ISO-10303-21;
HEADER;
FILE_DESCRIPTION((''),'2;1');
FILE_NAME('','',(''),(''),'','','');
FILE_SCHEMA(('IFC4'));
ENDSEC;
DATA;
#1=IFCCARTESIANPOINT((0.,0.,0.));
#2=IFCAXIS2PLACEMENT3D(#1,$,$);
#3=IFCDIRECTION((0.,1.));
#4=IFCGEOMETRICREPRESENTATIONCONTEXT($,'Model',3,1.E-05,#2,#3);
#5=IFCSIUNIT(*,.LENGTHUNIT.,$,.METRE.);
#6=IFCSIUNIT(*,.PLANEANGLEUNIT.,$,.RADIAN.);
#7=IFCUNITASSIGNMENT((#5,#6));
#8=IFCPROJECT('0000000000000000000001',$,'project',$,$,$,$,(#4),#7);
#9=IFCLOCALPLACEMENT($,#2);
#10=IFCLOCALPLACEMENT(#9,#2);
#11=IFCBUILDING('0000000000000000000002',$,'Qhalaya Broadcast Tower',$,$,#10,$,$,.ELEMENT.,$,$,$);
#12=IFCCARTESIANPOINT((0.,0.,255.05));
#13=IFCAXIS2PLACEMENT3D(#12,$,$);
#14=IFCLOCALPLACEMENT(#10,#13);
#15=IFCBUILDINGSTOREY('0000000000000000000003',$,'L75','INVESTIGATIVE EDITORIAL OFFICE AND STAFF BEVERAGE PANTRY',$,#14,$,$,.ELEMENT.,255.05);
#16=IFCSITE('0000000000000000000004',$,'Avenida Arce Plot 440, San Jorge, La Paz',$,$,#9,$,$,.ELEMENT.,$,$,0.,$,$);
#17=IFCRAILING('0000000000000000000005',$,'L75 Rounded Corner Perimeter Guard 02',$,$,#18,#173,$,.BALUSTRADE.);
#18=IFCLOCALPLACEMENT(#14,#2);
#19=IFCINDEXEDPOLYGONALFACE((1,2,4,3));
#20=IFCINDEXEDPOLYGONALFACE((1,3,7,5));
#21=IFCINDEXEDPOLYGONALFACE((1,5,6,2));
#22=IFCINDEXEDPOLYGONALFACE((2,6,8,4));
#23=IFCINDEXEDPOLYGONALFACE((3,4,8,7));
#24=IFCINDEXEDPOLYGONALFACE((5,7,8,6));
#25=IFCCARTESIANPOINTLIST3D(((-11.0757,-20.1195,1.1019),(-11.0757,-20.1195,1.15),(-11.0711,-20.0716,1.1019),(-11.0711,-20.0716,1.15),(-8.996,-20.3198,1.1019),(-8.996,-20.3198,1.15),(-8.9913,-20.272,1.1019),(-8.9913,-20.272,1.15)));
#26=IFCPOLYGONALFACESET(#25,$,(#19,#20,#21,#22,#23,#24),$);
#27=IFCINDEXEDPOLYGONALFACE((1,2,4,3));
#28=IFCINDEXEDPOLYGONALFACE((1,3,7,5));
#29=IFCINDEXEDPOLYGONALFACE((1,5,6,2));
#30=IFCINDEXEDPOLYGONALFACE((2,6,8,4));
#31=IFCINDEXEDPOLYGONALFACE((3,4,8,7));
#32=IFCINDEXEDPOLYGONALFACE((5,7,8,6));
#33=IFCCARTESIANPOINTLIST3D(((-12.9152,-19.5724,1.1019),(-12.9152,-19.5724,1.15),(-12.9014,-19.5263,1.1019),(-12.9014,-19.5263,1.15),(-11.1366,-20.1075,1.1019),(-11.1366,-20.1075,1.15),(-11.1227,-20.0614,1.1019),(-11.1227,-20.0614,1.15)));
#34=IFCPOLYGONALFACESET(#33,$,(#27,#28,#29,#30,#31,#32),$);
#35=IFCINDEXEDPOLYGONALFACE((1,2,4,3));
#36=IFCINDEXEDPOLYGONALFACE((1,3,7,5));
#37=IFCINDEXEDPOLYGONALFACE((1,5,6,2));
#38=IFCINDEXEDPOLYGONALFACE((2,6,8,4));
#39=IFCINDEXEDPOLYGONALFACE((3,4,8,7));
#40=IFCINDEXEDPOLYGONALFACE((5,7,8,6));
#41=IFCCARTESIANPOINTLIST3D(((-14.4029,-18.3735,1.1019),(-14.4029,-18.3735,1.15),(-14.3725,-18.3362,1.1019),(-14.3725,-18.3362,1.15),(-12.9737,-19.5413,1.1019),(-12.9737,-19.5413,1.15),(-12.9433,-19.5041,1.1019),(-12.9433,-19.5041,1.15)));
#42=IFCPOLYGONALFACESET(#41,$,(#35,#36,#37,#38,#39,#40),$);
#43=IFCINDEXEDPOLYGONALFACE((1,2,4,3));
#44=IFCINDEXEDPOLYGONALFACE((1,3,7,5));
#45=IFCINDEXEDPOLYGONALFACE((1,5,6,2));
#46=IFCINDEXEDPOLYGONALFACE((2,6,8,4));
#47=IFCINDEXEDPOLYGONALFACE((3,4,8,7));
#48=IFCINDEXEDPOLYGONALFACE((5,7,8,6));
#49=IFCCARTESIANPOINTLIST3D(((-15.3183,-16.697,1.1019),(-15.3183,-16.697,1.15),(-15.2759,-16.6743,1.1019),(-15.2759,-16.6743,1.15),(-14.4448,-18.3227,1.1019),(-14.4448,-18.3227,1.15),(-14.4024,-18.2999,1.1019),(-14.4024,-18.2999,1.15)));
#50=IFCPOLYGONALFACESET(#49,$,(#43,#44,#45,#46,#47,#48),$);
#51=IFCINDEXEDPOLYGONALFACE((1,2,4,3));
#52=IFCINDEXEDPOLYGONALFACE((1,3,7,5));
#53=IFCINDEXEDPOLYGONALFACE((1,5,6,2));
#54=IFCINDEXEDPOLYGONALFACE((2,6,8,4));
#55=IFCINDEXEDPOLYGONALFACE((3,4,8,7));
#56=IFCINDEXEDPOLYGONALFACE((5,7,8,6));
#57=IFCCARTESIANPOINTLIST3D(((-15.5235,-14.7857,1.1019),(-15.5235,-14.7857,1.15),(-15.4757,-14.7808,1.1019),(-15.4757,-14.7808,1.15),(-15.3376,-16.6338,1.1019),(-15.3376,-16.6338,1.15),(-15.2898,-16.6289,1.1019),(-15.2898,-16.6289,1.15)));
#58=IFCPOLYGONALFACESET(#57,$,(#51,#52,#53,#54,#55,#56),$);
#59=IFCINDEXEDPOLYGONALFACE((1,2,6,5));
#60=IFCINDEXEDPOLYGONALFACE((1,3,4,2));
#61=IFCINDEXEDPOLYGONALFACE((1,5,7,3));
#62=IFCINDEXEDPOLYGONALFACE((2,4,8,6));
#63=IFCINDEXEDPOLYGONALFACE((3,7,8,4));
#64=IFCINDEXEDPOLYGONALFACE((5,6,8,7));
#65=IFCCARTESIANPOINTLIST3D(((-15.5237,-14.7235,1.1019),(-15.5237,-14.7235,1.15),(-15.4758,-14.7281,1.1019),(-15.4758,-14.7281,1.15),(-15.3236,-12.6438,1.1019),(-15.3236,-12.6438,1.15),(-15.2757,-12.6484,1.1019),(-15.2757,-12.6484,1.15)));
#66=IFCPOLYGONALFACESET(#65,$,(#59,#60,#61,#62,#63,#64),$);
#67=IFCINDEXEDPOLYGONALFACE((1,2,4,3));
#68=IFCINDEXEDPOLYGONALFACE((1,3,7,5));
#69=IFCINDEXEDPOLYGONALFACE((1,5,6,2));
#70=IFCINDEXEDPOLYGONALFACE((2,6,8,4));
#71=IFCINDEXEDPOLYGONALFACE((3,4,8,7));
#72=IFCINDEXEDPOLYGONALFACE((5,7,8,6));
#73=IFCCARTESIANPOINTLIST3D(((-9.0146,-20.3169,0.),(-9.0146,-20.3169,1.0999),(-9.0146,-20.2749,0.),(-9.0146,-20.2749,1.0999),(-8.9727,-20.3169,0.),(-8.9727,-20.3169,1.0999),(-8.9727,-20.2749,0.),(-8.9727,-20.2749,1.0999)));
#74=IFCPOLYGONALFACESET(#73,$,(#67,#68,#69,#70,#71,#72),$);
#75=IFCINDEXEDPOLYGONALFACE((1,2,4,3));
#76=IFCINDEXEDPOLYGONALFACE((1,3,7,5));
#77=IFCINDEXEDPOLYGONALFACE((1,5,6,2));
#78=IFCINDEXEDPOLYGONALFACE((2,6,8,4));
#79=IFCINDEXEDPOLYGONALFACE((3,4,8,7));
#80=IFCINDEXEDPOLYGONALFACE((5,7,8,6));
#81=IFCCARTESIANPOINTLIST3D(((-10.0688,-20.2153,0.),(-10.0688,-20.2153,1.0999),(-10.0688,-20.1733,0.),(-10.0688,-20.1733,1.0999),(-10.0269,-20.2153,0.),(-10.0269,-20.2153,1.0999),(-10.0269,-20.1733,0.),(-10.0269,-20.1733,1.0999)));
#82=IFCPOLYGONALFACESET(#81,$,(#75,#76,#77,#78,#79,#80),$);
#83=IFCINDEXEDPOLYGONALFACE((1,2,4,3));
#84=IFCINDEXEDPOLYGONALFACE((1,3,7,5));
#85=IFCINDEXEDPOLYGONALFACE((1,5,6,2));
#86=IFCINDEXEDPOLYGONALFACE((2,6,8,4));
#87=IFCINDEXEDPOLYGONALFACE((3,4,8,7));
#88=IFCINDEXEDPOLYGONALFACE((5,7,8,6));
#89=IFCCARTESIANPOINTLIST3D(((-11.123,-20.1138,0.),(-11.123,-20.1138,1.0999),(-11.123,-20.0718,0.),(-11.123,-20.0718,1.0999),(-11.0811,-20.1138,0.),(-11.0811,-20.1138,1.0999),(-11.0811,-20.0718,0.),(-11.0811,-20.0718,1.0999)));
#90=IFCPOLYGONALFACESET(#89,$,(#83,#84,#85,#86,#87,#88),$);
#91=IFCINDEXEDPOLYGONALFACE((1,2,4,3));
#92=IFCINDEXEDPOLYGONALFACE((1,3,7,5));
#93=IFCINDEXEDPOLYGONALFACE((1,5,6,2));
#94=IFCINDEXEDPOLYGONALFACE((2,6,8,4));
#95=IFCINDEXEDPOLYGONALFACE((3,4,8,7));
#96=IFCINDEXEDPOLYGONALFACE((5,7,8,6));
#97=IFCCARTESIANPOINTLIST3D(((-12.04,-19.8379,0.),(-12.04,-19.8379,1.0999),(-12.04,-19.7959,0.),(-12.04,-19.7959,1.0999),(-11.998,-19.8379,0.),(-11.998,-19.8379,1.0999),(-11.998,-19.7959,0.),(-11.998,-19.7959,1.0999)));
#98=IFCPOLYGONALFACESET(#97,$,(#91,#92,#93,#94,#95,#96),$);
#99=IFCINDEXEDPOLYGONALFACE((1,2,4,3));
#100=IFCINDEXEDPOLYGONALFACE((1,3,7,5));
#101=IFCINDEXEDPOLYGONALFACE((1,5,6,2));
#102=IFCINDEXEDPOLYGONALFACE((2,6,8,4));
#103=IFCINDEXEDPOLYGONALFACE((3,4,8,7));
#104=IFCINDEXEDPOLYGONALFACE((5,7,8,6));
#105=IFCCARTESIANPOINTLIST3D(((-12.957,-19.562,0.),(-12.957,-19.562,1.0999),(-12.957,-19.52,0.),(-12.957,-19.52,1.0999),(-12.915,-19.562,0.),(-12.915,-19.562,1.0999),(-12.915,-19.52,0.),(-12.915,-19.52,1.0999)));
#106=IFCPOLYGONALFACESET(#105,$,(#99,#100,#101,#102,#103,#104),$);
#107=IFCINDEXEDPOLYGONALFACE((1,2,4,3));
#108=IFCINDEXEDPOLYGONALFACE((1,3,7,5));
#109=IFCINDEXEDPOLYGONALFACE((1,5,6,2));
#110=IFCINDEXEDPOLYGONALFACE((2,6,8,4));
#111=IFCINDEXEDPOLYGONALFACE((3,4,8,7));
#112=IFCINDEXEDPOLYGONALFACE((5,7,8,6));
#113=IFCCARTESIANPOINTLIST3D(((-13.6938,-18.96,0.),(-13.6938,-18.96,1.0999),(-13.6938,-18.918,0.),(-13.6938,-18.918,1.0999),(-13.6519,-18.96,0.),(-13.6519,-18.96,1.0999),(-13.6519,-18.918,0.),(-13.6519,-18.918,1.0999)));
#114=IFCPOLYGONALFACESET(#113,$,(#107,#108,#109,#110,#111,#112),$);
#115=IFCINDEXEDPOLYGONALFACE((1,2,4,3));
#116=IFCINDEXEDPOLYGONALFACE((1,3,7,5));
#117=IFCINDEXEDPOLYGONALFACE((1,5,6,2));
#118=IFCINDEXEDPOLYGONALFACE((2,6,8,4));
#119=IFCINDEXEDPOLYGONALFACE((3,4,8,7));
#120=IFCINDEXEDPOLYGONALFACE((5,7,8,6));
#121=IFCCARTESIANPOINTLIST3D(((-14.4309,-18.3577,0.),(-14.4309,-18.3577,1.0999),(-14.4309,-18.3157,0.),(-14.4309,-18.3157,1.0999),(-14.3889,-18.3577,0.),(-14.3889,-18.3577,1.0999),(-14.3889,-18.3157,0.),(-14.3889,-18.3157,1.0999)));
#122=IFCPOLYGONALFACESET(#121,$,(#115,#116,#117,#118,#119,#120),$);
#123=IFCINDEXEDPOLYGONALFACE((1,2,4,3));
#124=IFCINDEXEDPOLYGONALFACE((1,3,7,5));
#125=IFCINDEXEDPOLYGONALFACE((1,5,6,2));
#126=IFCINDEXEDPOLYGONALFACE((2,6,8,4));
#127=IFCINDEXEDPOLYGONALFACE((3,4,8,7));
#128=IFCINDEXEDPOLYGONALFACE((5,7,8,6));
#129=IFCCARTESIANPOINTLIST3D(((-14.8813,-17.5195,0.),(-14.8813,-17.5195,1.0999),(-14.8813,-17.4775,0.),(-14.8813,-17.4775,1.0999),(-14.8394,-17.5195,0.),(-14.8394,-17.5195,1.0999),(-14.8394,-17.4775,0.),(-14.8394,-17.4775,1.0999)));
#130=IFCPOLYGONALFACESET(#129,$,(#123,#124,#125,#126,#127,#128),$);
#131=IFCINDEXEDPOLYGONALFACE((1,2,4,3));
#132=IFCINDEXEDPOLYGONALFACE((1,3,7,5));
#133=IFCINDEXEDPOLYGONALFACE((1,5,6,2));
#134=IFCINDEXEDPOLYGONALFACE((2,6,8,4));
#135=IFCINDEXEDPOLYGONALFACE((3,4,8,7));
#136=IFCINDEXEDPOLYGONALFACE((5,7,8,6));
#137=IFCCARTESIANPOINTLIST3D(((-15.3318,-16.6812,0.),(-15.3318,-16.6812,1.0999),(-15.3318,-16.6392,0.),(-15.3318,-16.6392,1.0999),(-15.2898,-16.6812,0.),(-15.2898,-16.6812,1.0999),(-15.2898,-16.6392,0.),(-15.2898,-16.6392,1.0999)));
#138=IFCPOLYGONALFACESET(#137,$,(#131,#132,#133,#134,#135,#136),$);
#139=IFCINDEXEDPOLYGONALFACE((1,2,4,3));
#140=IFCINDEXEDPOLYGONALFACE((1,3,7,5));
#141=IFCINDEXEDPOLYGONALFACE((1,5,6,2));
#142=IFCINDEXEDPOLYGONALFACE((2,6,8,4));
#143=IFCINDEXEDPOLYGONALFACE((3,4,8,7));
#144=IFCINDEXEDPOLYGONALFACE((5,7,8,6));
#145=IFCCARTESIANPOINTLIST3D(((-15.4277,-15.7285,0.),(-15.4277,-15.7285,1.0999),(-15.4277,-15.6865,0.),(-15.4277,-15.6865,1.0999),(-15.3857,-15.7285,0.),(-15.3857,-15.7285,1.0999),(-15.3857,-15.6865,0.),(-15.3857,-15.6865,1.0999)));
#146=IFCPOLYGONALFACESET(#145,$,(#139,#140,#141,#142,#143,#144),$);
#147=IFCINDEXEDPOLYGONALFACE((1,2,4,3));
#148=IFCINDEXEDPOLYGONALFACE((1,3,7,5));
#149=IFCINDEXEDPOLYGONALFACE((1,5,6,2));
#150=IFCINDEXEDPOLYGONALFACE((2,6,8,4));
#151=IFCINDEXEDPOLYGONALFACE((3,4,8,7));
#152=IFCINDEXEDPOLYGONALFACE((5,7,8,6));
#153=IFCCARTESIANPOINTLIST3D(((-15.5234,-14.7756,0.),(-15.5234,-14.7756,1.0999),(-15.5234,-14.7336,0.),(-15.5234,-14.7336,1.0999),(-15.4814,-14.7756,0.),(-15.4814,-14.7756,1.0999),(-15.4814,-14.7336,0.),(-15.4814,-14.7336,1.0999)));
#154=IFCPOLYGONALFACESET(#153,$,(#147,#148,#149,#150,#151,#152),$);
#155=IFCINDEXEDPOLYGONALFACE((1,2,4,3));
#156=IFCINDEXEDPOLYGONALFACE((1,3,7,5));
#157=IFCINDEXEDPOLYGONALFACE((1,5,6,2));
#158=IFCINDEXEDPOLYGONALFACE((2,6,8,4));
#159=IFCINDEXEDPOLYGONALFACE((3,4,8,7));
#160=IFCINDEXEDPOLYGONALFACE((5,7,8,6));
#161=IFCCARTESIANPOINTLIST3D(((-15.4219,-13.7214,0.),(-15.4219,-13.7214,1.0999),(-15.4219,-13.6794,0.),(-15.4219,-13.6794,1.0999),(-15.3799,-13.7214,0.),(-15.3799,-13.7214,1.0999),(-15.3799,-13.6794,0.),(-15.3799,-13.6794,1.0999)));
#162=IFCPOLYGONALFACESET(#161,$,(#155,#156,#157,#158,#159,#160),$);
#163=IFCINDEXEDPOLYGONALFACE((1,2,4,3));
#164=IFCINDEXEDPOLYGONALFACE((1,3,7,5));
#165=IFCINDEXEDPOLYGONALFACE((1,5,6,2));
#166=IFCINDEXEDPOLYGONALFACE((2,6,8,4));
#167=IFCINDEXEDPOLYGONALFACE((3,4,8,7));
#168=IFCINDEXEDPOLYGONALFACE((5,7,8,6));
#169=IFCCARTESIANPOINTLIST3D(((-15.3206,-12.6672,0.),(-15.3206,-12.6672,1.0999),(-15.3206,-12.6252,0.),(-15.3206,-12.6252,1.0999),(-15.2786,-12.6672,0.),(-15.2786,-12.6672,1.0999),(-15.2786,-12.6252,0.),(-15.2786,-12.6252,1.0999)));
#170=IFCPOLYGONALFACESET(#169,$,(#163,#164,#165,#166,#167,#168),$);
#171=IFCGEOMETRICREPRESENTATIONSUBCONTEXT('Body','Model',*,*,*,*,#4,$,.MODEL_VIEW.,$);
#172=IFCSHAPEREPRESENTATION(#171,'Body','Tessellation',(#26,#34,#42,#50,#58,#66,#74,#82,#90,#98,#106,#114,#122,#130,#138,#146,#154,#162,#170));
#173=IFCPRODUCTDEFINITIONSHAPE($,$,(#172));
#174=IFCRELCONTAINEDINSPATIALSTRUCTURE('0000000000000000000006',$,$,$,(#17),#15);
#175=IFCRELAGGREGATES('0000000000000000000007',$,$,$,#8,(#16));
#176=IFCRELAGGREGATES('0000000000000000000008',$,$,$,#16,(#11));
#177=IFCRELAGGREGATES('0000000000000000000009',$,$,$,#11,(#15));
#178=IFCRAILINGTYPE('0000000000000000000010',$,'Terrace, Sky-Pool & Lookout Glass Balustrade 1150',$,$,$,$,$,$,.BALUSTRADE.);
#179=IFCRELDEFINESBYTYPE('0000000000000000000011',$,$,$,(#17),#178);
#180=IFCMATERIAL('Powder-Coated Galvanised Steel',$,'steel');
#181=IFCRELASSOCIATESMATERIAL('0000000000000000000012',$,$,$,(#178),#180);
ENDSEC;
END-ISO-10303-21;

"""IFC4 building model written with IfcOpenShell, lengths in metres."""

from ifc_helpers import new_model, si_unit, direction, frame, origin, origin_2d, place, context, subcontext, project, spatial, rectangle, extrude, material, type_object, element, save


model = new_model("IFC4")

# Units and contexts
model_context = context("Model", 3, precision=1e-05, world=origin(), true_north=direction((0.0, 1.0)))
body_context = subcontext(model_context, "Body", "Model", "MODEL_VIEW")
ifc_project = project(units=[si_unit("LENGTHUNIT", "METRE"), si_unit("PLANEANGLEUNIT", "RADIAN")], contexts=[model_context])

# Site, building, storey
site_placement = place(None, origin())
site = spatial("IfcSite", under=ifc_project, at=site_placement, Name="Avenida Arce Plot 440, San Jorge, La Paz", CompositionType="ELEMENT", RefElevation=0.0)
building_placement = place(site_placement, origin())
building = spatial("IfcBuilding", under=site, at=building_placement, Name="Qhalaya Broadcast Tower", CompositionType="ELEMENT")
storey_placement = place(building_placement, frame((0.0, 0.0, 255.05)))
storey = spatial("IfcBuildingStorey", under=building, at=storey_placement, Name="L75", Description="INVESTIGATIVE EDITORIAL OFFICE AND STAFF BEVERAGE PANTRY", CompositionType="ELEMENT", Elevation=255.05)

# Railing
ifc_material_1 = material(Name="Powder-Coated Galvanised Steel", Category="steel")
railing_type = type_object("IfcRailingType", Name="Terrace, Sky-Pool & Lookout Glass Balustrade 1150", PredefinedType="BALUSTRADE", material=ifc_material_1)
railing_placement = place(storey_placement, frame((-8.9937, -20.2959, 0.0)))
element("IfcRailing", 1, at=railing_placement, inside=storey, type_object=railing_type, Name="L75 Rounded Corner Perimeter Guard 02", PredefinedType="BALUSTRADE", context=body_context, shape_type="SweptSolid", body=[
    extrude(rectangle(XDim=0.0481, YDim=0.0481, at=origin_2d()), frame((0.0, 0.0, 1.126), z_axis=(-0.995391, 0.095897, 0.0), x_axis=(-0.095897, -0.995391, 0.0)), (0.0, 0.0, 1.0), 2.0894),
    extrude(rectangle(XDim=0.0481, YDim=0.0481, at=origin_2d()), frame((-2.136, 0.2114, 1.126), z_axis=(-0.957601, 0.288096, 0.0), x_axis=(-0.288096, -0.957601, 0.0)), (0.0, 0.0, 1.0), 1.8574),
    extrude(rectangle(XDim=0.0481, YDim=0.0481, at=origin_2d()), frame((-3.9648, 0.7732, 1.126), z_axis=(-0.774357, 0.632749, 0.0), x_axis=(-0.632749, -0.774357, 0.0)), (0.0, 0.0, 1.0), 1.8457),
    extrude(rectangle(XDim=0.0481, YDim=0.0481, at=origin_2d()), frame((-5.4299, 1.9846, 1.126), z_axis=(-0.473342, 0.880879, 0.0), x_axis=(-0.880879, -0.473342, 0.0)), (0.0, 0.0, 1.0), 1.8455),
    extrude(rectangle(XDim=0.0481, YDim=0.0481, at=origin_2d()), frame((-6.3201, 3.6646, 1.126), z_axis=(-0.100072, 0.99498, 0.0), x_axis=(-0.99498, -0.100072, 0.0)), (0.0, 0.0, 1.0), 1.8574),
    extrude(rectangle(XDim=0.0481, YDim=0.0481, at=origin_2d()), frame((-6.5061, 5.5701, 1.126), z_axis=(0.095783, 0.995402, 0.0), x_axis=(-0.995402, 0.095783, 0.0)), (0.0, 0.0, 1.0), 2.0894),
    extrude(rectangle(XDim=0.042, YDim=0.042, at=origin_2d()), origin(), (0.0, 0.0, 1.0), 1.0999),
    extrude(rectangle(XDim=0.042, YDim=0.042, at=origin_2d()), frame((-1.0542, 0.1016, 0.0)), (0.0, 0.0, 1.0), 1.0999),
    extrude(rectangle(XDim=0.042, YDim=0.042, at=origin_2d()), frame((-2.1084, 0.2031, 0.0)), (0.0, 0.0, 1.0), 1.0999),
    extrude(rectangle(XDim=0.042, YDim=0.042, at=origin_2d()), frame((-3.0254, 0.479, 0.0)), (0.0, 0.0, 1.0), 1.0999),
    extrude(rectangle(XDim=0.042, YDim=0.042, at=origin_2d()), frame((-3.9424, 0.7549, 0.0)), (0.0, 0.0, 1.0), 1.0999),
    extrude(rectangle(XDim=0.042, YDim=0.042, at=origin_2d()), frame((-4.6792, 1.3569, 0.0)), (0.0, 0.0, 1.0), 1.0999),
    extrude(rectangle(XDim=0.042, YDim=0.042, at=origin_2d()), frame((-5.4163, 1.9592, 0.0)), (0.0, 0.0, 1.0), 1.0999),
    extrude(rectangle(XDim=0.042, YDim=0.042, at=origin_2d()), frame((-5.8667, 2.7974, 0.0)), (0.0, 0.0, 1.0), 1.0999),
    extrude(rectangle(XDim=0.042, YDim=0.042, at=origin_2d()), frame((-6.3171, 3.6357, 0.0)), (0.0, 0.0, 1.0), 1.0999),
    extrude(rectangle(XDim=0.042, YDim=0.042, at=origin_2d()), frame((-6.4131, 4.5884, 0.0)), (0.0, 0.0, 1.0), 1.0999),
    extrude(rectangle(XDim=0.042, YDim=0.042, at=origin_2d()), frame((-6.5088, 5.5413, 0.0)), (0.0, 0.0, 1.0), 1.0999),
    extrude(rectangle(XDim=0.042, YDim=0.042, at=origin_2d()), frame((-6.4072, 6.5955, 0.0)), (0.0, 0.0, 1.0), 1.0999),
    extrude(rectangle(XDim=0.042, YDim=0.042, at=origin_2d()), frame((-6.3059, 7.6497, 0.0)), (0.0, 0.0, 1.0), 1.0999),
])

save(model, "model.ifc")
